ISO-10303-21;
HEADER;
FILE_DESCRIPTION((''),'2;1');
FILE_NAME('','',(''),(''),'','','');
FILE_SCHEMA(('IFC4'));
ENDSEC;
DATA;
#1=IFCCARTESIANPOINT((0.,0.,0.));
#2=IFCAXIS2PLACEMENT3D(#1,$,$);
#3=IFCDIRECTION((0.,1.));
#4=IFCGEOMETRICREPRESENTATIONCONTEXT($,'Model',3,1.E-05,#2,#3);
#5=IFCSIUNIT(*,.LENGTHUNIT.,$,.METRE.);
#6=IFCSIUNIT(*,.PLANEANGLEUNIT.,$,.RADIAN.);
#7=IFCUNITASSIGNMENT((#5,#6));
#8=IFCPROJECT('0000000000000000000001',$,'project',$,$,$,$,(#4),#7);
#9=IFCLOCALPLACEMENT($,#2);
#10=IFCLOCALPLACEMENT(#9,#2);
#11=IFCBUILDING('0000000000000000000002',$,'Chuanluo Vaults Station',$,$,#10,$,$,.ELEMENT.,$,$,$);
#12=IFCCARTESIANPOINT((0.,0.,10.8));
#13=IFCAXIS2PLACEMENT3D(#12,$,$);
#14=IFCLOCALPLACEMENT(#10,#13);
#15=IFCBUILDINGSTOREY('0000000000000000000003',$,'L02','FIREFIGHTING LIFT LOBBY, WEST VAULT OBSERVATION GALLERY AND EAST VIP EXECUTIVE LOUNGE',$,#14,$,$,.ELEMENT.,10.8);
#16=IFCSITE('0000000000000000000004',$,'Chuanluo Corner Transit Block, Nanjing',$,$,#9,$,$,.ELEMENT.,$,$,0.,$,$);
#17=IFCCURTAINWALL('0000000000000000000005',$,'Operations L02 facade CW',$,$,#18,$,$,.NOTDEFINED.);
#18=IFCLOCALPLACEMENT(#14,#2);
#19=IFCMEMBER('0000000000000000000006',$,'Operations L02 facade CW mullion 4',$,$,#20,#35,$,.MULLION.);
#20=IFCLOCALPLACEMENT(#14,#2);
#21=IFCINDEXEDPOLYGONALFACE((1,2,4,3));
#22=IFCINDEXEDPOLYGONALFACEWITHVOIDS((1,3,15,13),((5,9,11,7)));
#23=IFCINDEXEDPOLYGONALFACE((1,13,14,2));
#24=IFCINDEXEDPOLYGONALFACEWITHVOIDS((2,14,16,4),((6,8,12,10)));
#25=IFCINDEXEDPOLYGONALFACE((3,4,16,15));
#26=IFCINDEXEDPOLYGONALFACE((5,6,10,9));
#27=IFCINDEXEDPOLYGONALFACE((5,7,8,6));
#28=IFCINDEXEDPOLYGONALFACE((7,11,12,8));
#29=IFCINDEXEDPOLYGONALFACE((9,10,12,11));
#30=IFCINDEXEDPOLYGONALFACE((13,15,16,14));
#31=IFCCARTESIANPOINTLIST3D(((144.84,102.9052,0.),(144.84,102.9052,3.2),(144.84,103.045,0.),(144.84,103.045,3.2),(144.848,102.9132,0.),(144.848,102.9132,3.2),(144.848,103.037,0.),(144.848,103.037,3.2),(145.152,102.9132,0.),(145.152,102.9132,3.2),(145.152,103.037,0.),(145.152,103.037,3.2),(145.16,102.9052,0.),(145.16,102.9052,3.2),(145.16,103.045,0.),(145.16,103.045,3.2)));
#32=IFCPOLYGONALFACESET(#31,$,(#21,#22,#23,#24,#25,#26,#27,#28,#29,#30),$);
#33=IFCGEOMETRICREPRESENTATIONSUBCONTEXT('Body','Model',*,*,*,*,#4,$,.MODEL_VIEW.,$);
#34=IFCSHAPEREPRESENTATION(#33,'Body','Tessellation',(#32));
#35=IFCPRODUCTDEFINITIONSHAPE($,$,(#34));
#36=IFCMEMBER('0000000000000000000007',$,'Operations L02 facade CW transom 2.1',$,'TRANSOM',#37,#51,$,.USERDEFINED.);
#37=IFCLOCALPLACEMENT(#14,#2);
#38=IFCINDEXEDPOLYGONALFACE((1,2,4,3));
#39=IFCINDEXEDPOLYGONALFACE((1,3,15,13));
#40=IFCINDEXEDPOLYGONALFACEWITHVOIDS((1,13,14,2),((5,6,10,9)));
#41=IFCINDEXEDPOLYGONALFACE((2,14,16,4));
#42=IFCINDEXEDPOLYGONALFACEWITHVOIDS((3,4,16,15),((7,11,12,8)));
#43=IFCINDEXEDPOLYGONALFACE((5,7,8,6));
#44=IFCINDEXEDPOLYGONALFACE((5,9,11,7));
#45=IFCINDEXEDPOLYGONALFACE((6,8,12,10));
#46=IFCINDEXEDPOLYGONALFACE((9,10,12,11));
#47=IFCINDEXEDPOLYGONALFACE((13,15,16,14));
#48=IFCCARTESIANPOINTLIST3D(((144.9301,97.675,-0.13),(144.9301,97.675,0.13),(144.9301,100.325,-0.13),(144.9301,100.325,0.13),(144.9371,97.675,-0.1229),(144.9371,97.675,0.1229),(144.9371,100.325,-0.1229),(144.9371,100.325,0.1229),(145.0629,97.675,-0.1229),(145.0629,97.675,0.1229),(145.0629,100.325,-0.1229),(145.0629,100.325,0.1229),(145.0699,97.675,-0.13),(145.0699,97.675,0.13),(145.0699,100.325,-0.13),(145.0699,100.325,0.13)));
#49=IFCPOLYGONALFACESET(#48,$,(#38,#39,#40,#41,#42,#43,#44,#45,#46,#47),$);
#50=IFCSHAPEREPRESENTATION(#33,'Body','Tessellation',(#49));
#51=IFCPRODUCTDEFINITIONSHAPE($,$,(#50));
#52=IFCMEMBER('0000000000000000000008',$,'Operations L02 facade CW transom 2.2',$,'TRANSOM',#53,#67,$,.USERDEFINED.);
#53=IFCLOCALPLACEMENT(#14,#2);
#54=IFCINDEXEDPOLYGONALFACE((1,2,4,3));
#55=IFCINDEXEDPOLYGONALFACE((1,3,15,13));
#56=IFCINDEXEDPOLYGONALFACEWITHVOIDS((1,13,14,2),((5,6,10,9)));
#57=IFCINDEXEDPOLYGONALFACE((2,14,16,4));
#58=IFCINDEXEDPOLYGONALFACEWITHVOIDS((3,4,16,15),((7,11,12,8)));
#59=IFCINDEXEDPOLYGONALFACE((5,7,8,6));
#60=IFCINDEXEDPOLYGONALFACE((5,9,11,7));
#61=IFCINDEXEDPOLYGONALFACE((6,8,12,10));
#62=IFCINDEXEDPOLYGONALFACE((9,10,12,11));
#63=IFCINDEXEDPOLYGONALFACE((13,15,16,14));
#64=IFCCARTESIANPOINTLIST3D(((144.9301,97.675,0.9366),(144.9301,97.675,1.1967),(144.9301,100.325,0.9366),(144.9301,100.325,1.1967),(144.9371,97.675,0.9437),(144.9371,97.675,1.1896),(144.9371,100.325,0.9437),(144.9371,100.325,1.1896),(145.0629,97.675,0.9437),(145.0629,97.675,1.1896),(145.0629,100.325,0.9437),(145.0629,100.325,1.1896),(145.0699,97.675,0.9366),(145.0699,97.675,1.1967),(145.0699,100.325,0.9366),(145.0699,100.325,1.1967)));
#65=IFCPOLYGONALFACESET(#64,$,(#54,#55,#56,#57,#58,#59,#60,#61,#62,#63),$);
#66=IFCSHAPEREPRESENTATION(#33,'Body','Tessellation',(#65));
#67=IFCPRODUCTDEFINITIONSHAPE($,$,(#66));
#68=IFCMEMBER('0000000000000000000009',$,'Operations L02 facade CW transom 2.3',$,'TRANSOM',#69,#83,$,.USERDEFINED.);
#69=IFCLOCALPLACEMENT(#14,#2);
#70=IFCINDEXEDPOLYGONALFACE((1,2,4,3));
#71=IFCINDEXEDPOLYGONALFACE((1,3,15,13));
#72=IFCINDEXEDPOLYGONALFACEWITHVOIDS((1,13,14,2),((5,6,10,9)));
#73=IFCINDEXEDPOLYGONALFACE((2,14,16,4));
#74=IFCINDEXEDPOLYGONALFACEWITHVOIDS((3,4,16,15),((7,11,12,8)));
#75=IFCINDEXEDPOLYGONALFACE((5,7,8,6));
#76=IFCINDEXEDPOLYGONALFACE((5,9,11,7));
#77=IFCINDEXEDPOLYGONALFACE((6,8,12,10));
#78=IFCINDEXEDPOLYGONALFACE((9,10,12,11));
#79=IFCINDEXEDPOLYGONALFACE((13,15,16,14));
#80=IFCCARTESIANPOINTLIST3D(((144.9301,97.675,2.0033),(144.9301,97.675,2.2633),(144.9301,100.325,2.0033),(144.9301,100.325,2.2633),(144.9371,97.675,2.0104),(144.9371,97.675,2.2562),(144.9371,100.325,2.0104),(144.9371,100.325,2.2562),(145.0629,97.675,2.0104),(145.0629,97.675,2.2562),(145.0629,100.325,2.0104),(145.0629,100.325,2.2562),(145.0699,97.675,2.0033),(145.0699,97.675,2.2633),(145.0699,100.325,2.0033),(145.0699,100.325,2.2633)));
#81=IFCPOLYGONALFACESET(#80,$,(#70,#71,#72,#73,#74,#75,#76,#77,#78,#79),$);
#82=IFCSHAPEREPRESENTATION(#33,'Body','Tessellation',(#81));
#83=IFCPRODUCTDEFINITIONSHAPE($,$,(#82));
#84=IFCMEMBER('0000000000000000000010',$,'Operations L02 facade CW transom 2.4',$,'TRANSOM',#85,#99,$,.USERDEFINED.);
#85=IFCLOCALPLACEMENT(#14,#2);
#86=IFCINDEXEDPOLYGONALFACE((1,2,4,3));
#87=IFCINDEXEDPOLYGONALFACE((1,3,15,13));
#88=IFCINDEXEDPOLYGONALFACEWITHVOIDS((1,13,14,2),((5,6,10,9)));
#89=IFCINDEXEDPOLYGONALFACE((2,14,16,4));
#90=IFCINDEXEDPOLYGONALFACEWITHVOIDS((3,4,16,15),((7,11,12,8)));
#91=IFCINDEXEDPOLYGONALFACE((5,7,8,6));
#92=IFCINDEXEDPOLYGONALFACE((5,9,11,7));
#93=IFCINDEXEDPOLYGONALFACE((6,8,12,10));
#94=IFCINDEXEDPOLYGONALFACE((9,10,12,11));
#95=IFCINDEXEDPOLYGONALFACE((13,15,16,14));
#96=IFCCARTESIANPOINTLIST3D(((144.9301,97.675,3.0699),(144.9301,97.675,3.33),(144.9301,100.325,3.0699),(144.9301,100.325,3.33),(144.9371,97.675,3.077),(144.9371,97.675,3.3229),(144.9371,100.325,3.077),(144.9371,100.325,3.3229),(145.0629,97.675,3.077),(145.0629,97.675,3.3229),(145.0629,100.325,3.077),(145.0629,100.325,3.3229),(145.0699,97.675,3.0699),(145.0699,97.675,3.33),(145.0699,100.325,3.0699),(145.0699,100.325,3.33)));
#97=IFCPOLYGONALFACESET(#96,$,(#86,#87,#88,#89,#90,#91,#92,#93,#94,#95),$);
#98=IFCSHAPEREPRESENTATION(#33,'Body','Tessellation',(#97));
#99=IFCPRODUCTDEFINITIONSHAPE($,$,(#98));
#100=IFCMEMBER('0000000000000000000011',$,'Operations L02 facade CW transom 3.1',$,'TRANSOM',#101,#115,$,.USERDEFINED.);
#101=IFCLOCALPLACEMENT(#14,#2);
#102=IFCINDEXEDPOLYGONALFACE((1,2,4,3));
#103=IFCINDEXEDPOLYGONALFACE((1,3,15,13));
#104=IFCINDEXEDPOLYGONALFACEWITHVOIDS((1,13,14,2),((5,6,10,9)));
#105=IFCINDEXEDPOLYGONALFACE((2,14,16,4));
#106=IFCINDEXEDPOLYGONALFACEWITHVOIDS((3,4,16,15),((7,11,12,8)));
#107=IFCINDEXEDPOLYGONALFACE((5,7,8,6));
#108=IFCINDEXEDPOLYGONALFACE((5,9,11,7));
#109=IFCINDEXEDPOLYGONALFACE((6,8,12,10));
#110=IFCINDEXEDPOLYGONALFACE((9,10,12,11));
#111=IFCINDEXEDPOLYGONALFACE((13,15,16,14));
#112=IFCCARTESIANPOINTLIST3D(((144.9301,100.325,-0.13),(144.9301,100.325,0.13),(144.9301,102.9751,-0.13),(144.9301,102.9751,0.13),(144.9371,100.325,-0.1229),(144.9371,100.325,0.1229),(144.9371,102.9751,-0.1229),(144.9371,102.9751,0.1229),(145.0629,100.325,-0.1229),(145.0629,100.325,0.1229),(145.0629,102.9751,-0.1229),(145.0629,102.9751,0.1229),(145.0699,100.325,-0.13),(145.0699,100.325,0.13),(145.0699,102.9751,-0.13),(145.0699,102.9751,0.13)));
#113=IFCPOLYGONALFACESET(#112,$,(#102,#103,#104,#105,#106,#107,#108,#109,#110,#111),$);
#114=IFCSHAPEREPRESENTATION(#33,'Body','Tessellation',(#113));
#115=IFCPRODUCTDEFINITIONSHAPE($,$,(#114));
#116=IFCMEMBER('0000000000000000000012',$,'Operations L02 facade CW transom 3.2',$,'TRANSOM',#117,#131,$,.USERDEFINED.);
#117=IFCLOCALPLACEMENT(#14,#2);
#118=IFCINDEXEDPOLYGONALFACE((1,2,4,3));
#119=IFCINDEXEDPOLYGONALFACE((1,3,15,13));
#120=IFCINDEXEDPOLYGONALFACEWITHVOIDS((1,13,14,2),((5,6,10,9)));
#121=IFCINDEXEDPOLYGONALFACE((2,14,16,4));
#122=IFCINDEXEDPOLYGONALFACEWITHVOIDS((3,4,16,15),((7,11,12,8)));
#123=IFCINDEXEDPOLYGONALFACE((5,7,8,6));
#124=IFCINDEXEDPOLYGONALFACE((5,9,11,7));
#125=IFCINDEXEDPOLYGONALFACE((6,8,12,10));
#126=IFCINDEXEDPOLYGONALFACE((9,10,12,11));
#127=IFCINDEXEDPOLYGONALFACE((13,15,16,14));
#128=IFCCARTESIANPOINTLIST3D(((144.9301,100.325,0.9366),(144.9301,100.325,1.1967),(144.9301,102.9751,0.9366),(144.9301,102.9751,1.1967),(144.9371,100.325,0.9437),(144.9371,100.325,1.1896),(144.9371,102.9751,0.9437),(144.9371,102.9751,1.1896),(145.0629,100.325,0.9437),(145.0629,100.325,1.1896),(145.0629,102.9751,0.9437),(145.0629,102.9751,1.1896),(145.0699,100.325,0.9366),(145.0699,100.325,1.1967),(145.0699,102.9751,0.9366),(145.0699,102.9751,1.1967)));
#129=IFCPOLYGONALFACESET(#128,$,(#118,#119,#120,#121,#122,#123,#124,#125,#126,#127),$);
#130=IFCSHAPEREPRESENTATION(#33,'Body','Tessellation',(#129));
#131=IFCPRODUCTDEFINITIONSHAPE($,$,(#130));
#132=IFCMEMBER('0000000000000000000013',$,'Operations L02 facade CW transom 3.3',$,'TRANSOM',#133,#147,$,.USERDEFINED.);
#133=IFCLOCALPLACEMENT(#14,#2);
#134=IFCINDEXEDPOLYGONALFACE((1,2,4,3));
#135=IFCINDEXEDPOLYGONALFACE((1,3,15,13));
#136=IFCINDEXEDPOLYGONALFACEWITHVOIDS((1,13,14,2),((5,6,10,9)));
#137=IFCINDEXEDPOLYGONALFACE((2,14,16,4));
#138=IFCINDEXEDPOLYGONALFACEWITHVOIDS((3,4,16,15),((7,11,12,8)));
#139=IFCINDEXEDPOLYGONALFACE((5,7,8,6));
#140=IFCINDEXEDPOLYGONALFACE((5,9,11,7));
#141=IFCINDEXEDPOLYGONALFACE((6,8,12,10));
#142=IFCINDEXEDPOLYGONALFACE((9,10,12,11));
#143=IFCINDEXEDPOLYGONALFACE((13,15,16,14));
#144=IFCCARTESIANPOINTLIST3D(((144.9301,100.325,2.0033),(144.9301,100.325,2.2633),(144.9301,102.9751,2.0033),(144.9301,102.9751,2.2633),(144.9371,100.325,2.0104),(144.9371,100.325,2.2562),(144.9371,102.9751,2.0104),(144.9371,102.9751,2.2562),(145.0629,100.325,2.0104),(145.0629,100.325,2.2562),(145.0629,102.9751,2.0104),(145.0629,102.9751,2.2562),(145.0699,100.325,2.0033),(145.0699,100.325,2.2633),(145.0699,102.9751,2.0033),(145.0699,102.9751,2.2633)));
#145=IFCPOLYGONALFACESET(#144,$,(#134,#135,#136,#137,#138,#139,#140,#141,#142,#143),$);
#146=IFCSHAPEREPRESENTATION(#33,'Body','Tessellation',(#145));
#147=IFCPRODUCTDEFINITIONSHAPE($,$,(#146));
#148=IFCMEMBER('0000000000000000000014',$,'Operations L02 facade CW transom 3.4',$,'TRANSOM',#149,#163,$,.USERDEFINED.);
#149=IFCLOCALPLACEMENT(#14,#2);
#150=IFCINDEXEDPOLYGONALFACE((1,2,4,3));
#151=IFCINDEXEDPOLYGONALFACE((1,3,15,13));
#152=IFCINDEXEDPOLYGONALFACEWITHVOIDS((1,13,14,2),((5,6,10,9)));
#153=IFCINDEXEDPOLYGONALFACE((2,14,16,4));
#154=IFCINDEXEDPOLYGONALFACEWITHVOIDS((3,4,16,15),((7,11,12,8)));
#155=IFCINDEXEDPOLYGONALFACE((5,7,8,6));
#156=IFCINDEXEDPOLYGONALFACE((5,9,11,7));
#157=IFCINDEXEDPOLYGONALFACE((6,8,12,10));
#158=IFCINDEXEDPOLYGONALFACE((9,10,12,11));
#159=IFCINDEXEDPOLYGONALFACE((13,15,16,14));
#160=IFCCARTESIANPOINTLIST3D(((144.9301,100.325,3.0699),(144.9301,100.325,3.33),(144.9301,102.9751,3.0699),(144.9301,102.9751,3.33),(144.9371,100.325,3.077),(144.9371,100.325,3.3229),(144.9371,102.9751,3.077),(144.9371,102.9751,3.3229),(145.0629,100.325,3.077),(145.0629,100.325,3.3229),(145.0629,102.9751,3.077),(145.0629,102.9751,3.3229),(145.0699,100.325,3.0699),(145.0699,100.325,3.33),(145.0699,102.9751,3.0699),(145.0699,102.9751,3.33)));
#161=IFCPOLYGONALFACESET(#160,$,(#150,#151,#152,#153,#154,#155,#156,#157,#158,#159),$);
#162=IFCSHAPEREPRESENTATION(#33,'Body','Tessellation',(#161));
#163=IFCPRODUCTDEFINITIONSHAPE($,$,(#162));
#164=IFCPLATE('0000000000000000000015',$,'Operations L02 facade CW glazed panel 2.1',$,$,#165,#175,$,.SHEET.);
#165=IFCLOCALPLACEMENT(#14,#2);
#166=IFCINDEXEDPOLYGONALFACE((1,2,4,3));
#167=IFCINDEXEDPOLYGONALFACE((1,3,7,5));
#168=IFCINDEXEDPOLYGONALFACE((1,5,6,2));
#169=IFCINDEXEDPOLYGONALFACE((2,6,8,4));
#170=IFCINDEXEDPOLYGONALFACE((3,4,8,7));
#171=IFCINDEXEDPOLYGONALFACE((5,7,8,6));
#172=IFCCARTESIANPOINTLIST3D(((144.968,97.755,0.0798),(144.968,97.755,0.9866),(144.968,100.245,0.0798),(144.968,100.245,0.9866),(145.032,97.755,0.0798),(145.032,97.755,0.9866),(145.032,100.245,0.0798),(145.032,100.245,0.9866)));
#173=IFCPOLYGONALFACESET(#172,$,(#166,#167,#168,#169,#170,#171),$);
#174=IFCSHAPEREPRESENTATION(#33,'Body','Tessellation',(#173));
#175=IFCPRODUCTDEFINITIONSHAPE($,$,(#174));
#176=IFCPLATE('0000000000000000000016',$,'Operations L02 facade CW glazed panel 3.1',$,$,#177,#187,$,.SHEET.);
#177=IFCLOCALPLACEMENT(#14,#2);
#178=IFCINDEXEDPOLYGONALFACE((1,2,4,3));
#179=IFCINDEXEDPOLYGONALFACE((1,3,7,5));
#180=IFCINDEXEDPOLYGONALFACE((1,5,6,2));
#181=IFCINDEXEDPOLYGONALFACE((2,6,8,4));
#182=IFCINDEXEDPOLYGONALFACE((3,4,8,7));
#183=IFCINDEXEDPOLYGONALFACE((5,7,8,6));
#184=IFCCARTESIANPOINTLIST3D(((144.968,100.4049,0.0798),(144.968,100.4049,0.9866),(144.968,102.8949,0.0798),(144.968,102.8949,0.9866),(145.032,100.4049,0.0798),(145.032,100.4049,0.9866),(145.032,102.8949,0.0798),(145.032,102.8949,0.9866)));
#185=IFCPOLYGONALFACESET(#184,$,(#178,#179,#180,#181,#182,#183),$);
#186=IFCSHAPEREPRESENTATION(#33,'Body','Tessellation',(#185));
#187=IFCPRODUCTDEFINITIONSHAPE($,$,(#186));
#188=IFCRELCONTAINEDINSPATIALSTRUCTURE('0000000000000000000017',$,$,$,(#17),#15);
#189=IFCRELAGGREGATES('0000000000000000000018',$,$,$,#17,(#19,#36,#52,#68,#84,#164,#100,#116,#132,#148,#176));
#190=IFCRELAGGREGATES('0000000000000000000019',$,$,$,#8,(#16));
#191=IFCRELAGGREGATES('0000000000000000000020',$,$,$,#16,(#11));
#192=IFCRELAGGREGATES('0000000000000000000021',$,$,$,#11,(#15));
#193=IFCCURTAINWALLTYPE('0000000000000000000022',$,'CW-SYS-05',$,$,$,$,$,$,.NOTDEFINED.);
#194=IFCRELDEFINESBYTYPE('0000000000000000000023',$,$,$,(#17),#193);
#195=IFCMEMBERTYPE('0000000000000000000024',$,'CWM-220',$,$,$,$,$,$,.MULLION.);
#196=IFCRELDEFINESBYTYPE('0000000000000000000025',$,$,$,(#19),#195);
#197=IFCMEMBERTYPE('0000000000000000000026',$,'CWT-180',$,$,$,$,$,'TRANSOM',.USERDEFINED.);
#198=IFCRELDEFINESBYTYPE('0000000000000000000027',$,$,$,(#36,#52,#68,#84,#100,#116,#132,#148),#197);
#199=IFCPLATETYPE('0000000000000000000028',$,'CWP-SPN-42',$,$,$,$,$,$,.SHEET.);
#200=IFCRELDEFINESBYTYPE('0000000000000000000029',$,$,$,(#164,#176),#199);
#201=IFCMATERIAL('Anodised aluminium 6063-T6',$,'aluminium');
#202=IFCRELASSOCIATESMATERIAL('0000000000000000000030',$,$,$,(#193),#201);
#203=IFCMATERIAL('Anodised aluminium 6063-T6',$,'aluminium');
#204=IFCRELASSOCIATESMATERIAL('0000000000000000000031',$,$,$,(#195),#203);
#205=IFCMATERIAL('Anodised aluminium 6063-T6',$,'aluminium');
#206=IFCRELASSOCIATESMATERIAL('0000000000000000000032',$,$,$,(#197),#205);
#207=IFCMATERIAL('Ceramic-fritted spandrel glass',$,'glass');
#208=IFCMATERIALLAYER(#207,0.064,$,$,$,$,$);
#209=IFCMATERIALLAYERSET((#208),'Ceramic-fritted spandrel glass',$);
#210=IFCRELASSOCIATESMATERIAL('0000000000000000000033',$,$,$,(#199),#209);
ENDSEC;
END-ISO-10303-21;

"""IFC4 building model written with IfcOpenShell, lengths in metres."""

from ifc_helpers import new_model, si_unit, direction, frame, origin, origin_2d, place, context, subcontext, project, spatial, rectangle, hollow_rectangle, extrude, material, layer, layer_set, material_profile, profile_set, type_object, element, aggregate, save


model = new_model("IFC4")

# Units and contexts
model_context = context("Model", 3, precision=1e-05, world=origin(), true_north=direction((0.0, 1.0)))
body_context = subcontext(model_context, "Body", "Model", "MODEL_VIEW")
ifc_project = project(units=[si_unit("LENGTHUNIT", "METRE"), si_unit("PLANEANGLEUNIT", "RADIAN")], contexts=[model_context])

# Site, building, storey
site_placement = place(None, origin())
site = spatial("IfcSite", under=ifc_project, at=site_placement, Name="Chuanluo Corner Transit Block, Nanjing", CompositionType="ELEMENT", RefElevation=0.0)
building_placement = place(site_placement, origin())
building = spatial("IfcBuilding", under=site, at=building_placement, Name="Chuanluo Vaults Station", CompositionType="ELEMENT")
storey_placement = place(building_placement, frame((0.0, 0.0, 10.8)))
storey = spatial("IfcBuildingStorey", under=building, at=storey_placement, Name="L02", Description="FIREFIGHTING LIFT LOBBY, WEST VAULT OBSERVATION GALLERY AND EAST VIP EXECUTIVE LOUNGE", CompositionType="ELEMENT", Elevation=10.8)

# Curtain wall, members, plates
ifc_material_1 = material(Name="Anodised aluminium 6063-T6", Category="aluminium")
curtain_wall_type = type_object("IfcCurtainWallType", Name="CW-SYS-05", PredefinedType="NOTDEFINED", material=ifc_material_1)
curtain_wall_placement = place(storey_placement, origin())
curtain_wall = element("IfcCurtainWall", 1, at=curtain_wall_placement, inside=storey, type_object=curtain_wall_type, Name="Operations L02 facade CW", PredefinedType="NOTDEFINED")
ifc_material_2 = material(Name="Anodised aluminium 6063-T6", Category="aluminium")
ifc_material_profile_1 = material_profile(ifc_material_2, hollow_rectangle(XDim=0.1399, YDim=0.3201, WallThickness=0.0081, at=origin_2d()))
ifc_profile_set_1 = profile_set([ifc_material_profile_1], Name="Anodised aluminium 6063-T6")
member_type_1 = type_object("IfcMemberType", Name="CWM-220", PredefinedType="MULLION", material=ifc_profile_set_1)
member_1_placement = place(storey_placement, frame((145.0, 102.9751, 0.0), z_axis=(0.0, 0.0, 1.0), x_axis=(0.0, 1.0, 0.0)))
member_1 = element("IfcMember", 2, at=member_1_placement, type_object=member_type_1, Name="Operations L02 facade CW mullion 4", PredefinedType="MULLION", context=body_context, shape_type="SweptSolid", body=[
    extrude(hollow_rectangle(XDim=0.1399, YDim=0.3201, WallThickness=0.0081, at=origin_2d()), origin(), (0.0, 0.0, 1.0), 3.2),
])
ifc_material_3 = material(Name="Anodised aluminium 6063-T6", Category="aluminium")
ifc_material_profile_2 = material_profile(ifc_material_3, hollow_rectangle(XDim=0.1399, YDim=0.26, WallThickness=0.0071, at=origin_2d()))
ifc_profile_set_2 = profile_set([ifc_material_profile_2], Name="Anodised aluminium 6063-T6")
member_type_2 = type_object("IfcMemberType", Name="CWT-180", ElementType="TRANSOM", PredefinedType="USERDEFINED", material=ifc_profile_set_2)
member_2_placement = place(storey_placement, frame((145.0, 97.675, 0.0), z_axis=(0.0, 1.0, 0.0), x_axis=(-1.0, 0.0, 0.0)))
member_2 = element("IfcMember", 3, at=member_2_placement, type_object=member_type_2, Name="Operations L02 facade CW transom 2.1", ObjectType="TRANSOM", PredefinedType="USERDEFINED", context=body_context, shape_type="SweptSolid", body=[
    extrude(hollow_rectangle(XDim=0.1399, YDim=0.26, WallThickness=0.0071, at=origin_2d()), origin(), (0.0, 0.0, 1.0), 2.6499),
])
member_3_placement = place(storey_placement, frame((145.0, 97.675, 1.0667), z_axis=(0.0, 1.0, 0.0), x_axis=(-1.0, 0.0, 0.0)))
member_3 = element("IfcMember", 4, at=member_3_placement, type_object=member_type_2, Name="Operations L02 facade CW transom 2.2", ObjectType="TRANSOM", PredefinedType="USERDEFINED", context=body_context, shape_type="SweptSolid", body=[
    extrude(hollow_rectangle(XDim=0.1399, YDim=0.26, WallThickness=0.0071, at=origin_2d()), origin(), (0.0, 0.0, 1.0), 2.6499),
])
member_4_placement = place(storey_placement, frame((145.0, 97.675, 2.1333), z_axis=(0.0, 1.0, 0.0), x_axis=(-1.0, 0.0, 0.0)))
member_4 = element("IfcMember", 5, at=member_4_placement, type_object=member_type_2, Name="Operations L02 facade CW transom 2.3", ObjectType="TRANSOM", PredefinedType="USERDEFINED", context=body_context, shape_type="SweptSolid", body=[
    extrude(hollow_rectangle(XDim=0.1399, YDim=0.26, WallThickness=0.0071, at=origin_2d()), origin(), (0.0, 0.0, 1.0), 2.6499),
])
member_5_placement = place(storey_placement, frame((145.0, 97.675, 3.2), z_axis=(0.0, 1.0, 0.0), x_axis=(-1.0, 0.0, 0.0)))
member_5 = element("IfcMember", 6, at=member_5_placement, type_object=member_type_2, Name="Operations L02 facade CW transom 2.4", ObjectType="TRANSOM", PredefinedType="USERDEFINED", context=body_context, shape_type="SweptSolid", body=[
    extrude(hollow_rectangle(XDim=0.1399, YDim=0.26, WallThickness=0.0071, at=origin_2d()), origin(), (0.0, 0.0, 1.0), 2.6499),
])
member_6_placement = place(storey_placement, frame((145.0, 100.325, 0.0), z_axis=(0.0, 1.0, 0.0), x_axis=(-1.0, 0.0, 0.0)))
member_6 = element("IfcMember", 7, at=member_6_placement, type_object=member_type_2, Name="Operations L02 facade CW transom 3.1", ObjectType="TRANSOM", PredefinedType="USERDEFINED", context=body_context, shape_type="SweptSolid", body=[
    extrude(hollow_rectangle(XDim=0.1399, YDim=0.26, WallThickness=0.0071, at=origin_2d()), origin(), (0.0, 0.0, 1.0), 2.6501),
])
member_7_placement = place(storey_placement, frame((145.0, 100.325, 1.0667), z_axis=(0.0, 1.0, 0.0), x_axis=(-1.0, 0.0, 0.0)))
member_7 = element("IfcMember", 8, at=member_7_placement, type_object=member_type_2, Name="Operations L02 facade CW transom 3.2", ObjectType="TRANSOM", PredefinedType="USERDEFINED", context=body_context, shape_type="SweptSolid", body=[
    extrude(hollow_rectangle(XDim=0.1399, YDim=0.26, WallThickness=0.0071, at=origin_2d()), origin(), (0.0, 0.0, 1.0), 2.6501),
])
member_8_placement = place(storey_placement, frame((145.0, 100.325, 2.1333), z_axis=(0.0, 1.0, 0.0), x_axis=(-1.0, 0.0, 0.0)))
member_8 = element("IfcMember", 9, at=member_8_placement, type_object=member_type_2, Name="Operations L02 facade CW transom 3.3", ObjectType="TRANSOM", PredefinedType="USERDEFINED", context=body_context, shape_type="SweptSolid", body=[
    extrude(hollow_rectangle(XDim=0.1399, YDim=0.26, WallThickness=0.0071, at=origin_2d()), origin(), (0.0, 0.0, 1.0), 2.6501),
])
member_9_placement = place(storey_placement, frame((145.0, 100.325, 3.2), z_axis=(0.0, 1.0, 0.0), x_axis=(-1.0, 0.0, 0.0)))
member_9 = element("IfcMember", 10, at=member_9_placement, type_object=member_type_2, Name="Operations L02 facade CW transom 3.4", ObjectType="TRANSOM", PredefinedType="USERDEFINED", context=body_context, shape_type="SweptSolid", body=[
    extrude(hollow_rectangle(XDim=0.1399, YDim=0.26, WallThickness=0.0071, at=origin_2d()), origin(), (0.0, 0.0, 1.0), 2.6501),
])
ifc_material_4 = material(Name="Ceramic-fritted spandrel glass", Category="glass")
ifc_layer_1 = layer(ifc_material_4, 0.064)
ifc_layer_set_1 = layer_set([ifc_layer_1], Name="Ceramic-fritted spandrel glass")
plate_type_1 = type_object("IfcPlateType", Name="CWP-SPN-42", PredefinedType="SHEET", material=ifc_layer_set_1)
plate_1_placement = place(storey_placement, frame((145.0, 99.0, 0.0798), z_axis=(0.0, 0.0, 1.0), x_axis=(0.0, 1.0, 0.0)))
plate_1 = element("IfcPlate", 11, at=plate_1_placement, type_object=plate_type_1, Name="Operations L02 facade CW glazed panel 2.1", PredefinedType="SHEET", context=body_context, shape_type="SweptSolid", body=[
    extrude(rectangle(XDim=2.49, YDim=0.064, at=origin_2d()), origin(), (0.0, 0.0, 1.0), 0.9067),
])
plate_2_placement = place(storey_placement, frame((145.0, 101.6499, 0.0798), z_axis=(0.0, 0.0, 1.0), x_axis=(0.0, 1.0, 0.0)))
plate_2 = element("IfcPlate", 12, at=plate_2_placement, type_object=plate_type_1, Name="Operations L02 facade CW glazed panel 3.1", PredefinedType="SHEET", context=body_context, shape_type="SweptSolid", body=[
    extrude(rectangle(XDim=2.49, YDim=0.064, at=origin_2d()), origin(), (0.0, 0.0, 1.0), 0.9067),
])
aggregate(curtain_wall, [member_1, member_2, member_3, member_4, member_5, plate_1, member_6, member_7, member_8, member_9, plate_2])

save(model, "model.ifc")
